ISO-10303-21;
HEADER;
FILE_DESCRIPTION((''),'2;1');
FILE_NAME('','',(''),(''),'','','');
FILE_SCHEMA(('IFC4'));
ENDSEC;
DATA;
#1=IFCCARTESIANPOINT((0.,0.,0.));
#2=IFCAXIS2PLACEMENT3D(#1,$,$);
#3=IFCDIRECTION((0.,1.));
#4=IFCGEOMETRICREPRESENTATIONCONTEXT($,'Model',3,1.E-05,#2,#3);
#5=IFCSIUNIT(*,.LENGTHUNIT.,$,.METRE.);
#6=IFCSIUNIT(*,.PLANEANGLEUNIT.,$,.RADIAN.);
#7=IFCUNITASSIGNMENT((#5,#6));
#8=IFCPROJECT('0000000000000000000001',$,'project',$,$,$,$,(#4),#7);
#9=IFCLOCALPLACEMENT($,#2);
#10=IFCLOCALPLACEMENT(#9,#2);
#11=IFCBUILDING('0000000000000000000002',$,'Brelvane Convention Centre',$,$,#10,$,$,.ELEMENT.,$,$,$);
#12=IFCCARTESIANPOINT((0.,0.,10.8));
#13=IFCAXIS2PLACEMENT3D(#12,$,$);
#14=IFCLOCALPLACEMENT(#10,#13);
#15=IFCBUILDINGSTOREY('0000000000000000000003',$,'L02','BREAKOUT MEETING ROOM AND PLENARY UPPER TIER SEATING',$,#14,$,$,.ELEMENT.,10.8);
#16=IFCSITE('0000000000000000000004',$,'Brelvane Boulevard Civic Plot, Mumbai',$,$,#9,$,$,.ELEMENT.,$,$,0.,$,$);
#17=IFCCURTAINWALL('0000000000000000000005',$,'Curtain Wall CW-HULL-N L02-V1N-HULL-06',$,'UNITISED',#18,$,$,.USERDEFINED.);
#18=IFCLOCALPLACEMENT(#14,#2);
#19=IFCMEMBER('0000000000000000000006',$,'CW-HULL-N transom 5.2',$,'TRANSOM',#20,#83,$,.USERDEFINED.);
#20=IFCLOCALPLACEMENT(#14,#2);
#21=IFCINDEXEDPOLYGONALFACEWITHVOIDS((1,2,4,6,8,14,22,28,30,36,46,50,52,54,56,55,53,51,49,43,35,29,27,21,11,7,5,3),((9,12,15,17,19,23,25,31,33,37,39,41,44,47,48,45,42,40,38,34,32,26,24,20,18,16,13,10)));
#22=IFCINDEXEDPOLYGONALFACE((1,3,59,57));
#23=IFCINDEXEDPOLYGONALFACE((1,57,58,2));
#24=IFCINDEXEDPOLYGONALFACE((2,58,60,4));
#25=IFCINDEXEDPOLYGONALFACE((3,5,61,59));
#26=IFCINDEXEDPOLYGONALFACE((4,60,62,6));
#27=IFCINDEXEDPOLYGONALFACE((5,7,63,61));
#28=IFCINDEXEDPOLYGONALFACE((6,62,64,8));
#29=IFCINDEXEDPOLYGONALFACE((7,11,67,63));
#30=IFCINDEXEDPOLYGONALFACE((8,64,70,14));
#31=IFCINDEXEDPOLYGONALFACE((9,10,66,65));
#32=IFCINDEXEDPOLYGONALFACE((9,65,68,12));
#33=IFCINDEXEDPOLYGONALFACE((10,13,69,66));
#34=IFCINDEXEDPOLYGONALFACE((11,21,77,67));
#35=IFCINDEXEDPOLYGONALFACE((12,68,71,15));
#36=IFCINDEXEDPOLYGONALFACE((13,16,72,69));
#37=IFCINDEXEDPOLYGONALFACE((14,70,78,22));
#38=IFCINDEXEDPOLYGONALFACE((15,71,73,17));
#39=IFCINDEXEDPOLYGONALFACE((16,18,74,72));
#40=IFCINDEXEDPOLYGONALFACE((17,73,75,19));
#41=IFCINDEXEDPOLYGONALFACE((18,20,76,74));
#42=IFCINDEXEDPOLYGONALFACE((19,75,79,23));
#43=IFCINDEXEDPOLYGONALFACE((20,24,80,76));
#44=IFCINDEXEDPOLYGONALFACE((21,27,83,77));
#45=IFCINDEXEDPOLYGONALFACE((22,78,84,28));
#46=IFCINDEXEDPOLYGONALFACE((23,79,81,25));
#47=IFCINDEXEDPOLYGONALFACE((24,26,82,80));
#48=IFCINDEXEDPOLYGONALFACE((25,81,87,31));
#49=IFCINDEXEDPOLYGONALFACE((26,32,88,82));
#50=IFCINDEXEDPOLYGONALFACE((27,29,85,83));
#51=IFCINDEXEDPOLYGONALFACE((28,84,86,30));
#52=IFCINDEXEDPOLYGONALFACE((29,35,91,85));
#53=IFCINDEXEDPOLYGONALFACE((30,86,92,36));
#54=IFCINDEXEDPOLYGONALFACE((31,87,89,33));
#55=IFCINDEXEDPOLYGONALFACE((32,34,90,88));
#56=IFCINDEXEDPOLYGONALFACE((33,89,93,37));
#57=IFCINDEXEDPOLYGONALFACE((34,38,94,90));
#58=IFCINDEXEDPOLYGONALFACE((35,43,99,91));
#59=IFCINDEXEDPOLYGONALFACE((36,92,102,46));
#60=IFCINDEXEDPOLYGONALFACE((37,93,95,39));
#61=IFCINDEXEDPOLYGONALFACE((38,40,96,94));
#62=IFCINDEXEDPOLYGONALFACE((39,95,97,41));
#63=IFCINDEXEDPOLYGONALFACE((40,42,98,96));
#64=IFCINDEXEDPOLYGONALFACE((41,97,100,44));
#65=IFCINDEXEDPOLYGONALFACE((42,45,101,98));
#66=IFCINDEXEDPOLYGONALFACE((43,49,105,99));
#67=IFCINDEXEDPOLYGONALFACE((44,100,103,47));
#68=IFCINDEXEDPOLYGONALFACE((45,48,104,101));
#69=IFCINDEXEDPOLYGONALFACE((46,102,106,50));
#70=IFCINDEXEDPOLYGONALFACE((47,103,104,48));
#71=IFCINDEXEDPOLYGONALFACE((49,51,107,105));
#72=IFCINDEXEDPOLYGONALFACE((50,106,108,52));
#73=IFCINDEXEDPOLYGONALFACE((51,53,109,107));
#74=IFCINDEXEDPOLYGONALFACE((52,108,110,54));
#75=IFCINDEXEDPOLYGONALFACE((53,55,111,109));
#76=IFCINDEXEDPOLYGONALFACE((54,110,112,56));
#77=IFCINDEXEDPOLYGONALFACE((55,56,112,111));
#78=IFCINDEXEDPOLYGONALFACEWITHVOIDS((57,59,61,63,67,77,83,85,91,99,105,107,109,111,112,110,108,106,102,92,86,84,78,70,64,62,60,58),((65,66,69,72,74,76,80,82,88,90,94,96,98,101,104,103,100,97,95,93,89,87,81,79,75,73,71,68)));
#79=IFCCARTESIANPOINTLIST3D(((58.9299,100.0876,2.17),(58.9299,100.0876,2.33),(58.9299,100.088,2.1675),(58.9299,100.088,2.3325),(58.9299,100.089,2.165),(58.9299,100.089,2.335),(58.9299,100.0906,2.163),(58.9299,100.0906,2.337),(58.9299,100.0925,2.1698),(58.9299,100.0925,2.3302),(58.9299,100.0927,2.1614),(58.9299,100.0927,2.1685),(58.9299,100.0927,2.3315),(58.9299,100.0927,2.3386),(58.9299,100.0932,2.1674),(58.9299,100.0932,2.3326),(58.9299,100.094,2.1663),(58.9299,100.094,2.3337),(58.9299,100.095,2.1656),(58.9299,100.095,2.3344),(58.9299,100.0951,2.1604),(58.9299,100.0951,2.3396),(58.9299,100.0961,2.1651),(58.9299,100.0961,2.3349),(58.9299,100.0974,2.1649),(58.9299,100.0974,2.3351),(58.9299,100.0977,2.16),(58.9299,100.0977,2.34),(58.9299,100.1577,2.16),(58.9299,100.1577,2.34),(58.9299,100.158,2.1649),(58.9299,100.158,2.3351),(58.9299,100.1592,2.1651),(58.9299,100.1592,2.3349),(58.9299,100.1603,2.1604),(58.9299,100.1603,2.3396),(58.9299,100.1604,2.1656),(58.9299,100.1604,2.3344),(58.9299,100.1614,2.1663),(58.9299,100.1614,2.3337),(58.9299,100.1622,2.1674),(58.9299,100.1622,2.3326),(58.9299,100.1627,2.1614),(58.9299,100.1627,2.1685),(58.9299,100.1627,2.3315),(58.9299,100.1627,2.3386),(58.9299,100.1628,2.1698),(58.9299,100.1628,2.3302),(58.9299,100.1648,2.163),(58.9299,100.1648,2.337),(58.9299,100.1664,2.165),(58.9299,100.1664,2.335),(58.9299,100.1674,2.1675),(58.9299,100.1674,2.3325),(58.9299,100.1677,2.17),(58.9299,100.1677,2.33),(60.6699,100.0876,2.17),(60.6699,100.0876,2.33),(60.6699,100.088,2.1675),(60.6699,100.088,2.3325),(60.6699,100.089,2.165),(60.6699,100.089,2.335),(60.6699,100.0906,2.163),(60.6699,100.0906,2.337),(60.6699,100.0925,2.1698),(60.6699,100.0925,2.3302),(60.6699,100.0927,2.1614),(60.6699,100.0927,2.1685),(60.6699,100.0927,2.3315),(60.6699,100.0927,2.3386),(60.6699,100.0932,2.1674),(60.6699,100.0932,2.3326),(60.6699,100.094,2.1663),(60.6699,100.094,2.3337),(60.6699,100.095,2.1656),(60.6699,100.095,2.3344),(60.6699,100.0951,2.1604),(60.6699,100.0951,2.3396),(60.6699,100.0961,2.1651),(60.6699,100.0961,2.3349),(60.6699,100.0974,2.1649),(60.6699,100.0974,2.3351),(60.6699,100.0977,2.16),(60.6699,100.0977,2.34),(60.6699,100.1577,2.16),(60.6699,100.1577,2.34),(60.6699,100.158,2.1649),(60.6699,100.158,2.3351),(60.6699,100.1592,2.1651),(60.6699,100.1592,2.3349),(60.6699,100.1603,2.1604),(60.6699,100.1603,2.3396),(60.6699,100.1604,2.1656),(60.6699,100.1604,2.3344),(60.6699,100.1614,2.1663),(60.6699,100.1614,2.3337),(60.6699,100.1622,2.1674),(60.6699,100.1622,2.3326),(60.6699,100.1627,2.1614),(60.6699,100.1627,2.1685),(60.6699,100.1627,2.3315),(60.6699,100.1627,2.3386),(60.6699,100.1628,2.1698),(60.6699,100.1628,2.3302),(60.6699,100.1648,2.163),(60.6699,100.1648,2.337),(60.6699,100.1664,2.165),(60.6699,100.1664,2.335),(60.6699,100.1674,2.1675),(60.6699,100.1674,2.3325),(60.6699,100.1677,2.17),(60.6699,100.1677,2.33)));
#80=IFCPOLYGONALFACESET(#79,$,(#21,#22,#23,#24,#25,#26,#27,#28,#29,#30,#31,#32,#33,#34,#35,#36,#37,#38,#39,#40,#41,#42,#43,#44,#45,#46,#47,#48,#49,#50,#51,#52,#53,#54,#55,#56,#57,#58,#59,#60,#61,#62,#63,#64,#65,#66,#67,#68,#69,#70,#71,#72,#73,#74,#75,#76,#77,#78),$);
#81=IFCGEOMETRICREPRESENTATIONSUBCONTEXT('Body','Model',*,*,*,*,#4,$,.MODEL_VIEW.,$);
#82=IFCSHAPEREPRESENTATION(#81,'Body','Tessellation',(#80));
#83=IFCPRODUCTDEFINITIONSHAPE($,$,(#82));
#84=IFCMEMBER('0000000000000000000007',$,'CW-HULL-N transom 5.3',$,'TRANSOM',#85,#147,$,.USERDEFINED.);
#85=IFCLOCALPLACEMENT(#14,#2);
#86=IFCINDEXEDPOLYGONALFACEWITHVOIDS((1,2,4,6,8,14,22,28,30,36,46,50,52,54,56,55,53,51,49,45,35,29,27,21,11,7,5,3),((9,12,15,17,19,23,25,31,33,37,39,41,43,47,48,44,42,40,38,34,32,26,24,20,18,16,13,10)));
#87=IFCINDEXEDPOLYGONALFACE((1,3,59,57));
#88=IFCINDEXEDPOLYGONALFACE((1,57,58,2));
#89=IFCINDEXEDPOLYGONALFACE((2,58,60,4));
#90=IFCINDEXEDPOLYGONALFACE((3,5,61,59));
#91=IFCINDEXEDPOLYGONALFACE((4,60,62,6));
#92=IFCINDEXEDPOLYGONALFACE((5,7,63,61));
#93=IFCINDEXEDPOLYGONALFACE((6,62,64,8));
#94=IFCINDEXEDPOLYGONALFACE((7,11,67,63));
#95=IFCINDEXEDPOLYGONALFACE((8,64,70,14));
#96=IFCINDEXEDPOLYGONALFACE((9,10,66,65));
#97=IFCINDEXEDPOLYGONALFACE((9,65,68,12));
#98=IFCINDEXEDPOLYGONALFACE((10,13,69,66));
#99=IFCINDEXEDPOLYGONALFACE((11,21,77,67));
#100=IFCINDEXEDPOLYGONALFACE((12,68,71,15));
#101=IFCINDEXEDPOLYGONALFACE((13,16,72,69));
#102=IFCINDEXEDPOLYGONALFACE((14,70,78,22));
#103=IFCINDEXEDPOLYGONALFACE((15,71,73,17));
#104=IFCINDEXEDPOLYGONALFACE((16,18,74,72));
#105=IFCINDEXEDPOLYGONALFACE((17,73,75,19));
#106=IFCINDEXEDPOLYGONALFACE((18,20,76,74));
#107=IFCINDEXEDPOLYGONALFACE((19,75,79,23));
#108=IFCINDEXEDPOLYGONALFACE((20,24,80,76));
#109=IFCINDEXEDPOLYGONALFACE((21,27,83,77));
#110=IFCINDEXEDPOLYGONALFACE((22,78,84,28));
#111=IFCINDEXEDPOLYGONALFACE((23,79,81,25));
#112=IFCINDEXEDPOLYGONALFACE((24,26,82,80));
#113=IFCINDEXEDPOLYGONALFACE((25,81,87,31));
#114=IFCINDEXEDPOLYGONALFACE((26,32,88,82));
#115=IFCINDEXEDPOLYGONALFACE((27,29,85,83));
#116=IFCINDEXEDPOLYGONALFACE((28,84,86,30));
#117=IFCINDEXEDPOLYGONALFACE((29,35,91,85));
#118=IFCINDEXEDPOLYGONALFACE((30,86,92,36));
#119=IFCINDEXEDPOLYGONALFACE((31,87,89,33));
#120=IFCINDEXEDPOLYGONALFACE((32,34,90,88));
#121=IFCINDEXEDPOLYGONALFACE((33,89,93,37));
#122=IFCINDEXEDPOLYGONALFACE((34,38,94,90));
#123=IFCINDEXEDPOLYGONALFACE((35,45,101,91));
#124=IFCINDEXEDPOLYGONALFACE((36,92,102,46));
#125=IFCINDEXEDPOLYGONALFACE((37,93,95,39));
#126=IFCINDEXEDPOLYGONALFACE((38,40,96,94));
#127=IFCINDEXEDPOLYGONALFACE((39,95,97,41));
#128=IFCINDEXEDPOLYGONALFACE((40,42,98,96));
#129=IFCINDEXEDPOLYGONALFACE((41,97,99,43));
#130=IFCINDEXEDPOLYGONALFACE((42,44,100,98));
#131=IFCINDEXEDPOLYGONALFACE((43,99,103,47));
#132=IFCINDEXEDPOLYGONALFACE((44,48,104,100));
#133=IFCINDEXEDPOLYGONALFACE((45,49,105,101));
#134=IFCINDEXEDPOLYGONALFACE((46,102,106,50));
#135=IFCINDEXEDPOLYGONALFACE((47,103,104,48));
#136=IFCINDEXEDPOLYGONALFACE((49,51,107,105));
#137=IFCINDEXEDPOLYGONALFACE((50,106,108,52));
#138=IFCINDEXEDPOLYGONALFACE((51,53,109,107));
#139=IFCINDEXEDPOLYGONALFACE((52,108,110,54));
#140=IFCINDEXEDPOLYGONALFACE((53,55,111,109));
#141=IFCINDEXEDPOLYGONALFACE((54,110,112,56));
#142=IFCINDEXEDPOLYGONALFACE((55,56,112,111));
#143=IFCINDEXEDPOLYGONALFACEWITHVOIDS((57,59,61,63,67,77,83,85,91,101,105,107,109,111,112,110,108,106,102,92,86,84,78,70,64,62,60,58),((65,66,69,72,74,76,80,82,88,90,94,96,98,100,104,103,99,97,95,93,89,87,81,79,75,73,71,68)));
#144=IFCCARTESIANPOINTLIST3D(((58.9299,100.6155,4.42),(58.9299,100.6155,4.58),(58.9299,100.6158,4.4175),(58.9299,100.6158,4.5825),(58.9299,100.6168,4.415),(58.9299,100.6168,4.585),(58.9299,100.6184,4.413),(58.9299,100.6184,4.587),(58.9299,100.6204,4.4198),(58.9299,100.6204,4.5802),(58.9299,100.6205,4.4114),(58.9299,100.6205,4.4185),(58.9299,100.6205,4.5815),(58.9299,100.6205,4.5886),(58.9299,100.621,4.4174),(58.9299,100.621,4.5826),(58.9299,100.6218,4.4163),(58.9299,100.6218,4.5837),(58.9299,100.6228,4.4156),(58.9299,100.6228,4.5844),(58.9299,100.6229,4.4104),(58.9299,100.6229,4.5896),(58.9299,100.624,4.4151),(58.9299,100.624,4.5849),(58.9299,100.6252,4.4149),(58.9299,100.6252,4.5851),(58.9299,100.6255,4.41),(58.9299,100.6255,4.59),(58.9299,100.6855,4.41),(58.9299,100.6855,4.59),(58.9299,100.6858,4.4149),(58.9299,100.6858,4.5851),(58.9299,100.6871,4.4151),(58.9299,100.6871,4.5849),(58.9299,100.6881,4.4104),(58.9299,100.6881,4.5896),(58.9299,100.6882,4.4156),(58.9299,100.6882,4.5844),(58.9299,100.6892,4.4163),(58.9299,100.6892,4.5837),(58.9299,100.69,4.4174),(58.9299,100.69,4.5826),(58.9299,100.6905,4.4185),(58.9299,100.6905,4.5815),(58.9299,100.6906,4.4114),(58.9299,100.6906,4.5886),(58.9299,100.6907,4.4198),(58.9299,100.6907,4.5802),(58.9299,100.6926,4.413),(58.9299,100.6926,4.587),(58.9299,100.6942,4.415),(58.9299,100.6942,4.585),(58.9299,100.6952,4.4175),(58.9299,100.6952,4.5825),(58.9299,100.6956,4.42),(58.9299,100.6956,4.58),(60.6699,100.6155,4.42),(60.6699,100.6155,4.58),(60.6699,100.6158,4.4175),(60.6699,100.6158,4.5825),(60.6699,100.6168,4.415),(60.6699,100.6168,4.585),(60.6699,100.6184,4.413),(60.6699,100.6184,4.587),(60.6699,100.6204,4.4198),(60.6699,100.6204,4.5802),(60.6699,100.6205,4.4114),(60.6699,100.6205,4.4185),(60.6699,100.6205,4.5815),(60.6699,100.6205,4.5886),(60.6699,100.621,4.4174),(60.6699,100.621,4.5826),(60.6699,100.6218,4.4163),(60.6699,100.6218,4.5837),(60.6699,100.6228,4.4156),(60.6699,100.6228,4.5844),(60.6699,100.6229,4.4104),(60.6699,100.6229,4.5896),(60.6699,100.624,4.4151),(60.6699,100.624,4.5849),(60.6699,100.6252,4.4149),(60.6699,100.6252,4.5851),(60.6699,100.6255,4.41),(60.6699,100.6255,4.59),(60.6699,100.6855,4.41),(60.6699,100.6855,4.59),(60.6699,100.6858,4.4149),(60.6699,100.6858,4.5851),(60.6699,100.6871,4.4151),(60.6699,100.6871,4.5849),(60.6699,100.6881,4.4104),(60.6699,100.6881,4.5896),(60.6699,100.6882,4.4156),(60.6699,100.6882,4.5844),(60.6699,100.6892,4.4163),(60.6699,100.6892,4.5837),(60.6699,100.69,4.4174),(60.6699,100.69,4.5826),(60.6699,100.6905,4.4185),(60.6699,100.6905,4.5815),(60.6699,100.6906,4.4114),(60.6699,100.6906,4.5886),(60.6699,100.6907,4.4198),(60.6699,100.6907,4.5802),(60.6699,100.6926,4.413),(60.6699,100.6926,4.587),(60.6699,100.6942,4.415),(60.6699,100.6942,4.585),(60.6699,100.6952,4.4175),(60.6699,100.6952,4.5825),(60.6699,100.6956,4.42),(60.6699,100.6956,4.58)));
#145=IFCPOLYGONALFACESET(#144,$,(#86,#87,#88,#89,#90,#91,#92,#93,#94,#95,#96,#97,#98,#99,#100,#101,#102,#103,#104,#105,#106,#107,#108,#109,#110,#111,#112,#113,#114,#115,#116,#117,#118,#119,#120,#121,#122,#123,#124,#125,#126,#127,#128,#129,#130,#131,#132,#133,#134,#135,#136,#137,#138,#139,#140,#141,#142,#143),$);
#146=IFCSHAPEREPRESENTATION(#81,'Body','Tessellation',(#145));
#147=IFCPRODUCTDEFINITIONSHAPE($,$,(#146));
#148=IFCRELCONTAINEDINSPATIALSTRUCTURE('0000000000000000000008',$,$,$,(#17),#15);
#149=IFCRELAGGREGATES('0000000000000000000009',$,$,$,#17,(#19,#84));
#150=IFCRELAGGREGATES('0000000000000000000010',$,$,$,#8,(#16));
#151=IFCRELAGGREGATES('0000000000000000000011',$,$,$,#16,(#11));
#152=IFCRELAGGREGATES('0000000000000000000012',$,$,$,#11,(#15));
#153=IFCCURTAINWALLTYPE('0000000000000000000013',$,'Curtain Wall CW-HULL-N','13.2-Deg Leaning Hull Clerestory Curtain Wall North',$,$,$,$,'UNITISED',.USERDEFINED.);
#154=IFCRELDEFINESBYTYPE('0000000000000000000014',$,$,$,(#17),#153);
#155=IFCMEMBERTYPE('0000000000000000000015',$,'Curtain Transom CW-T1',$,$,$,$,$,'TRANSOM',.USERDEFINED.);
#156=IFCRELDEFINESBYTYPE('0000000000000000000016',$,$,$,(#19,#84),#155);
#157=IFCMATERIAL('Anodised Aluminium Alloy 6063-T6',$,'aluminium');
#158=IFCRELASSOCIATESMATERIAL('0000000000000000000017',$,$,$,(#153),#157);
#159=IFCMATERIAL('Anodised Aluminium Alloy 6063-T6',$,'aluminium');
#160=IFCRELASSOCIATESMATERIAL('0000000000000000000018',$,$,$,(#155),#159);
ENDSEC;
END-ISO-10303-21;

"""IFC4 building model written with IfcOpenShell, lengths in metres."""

from ifc_helpers import new_model, si_unit, direction, frame, origin, origin_2d, place, context, subcontext, project, spatial, hollow_rectangle, extrude, material, material_profile, profile_set, type_object, element, aggregate, save


model = new_model("IFC4")

# Units and contexts
model_context = context("Model", 3, precision=1e-05, world=origin(), true_north=direction((0.0, 1.0)))
body_context = subcontext(model_context, "Body", "Model", "MODEL_VIEW")
ifc_project = project(units=[si_unit("LENGTHUNIT", "METRE"), si_unit("PLANEANGLEUNIT", "RADIAN")], contexts=[model_context])

# Site, building, storey
site_placement = place(None, origin())
site = spatial("IfcSite", under=ifc_project, at=site_placement, Name="Brelvane Boulevard Civic Plot, Mumbai", CompositionType="ELEMENT", RefElevation=0.0)
building_placement = place(site_placement, origin())
building = spatial("IfcBuilding", under=site, at=building_placement, Name="Brelvane Convention Centre", CompositionType="ELEMENT")
storey_placement = place(building_placement, frame((0.0, 0.0, 10.8)))
storey = spatial("IfcBuildingStorey", under=building, at=storey_placement, Name="L02", Description="BREAKOUT MEETING ROOM AND PLENARY UPPER TIER SEATING", CompositionType="ELEMENT", Elevation=10.8)

# Curtain wall
ifc_material_1 = material(Name="Anodised Aluminium Alloy 6063-T6", Category="aluminium")
curtain_wall_type_1 = type_object("IfcCurtainWallType", Name="Curtain Wall CW-HULL-N", Description="13.2-Deg Leaning Hull Clerestory Curtain Wall North", ElementType="UNITISED", PredefinedType="USERDEFINED", material=ifc_material_1)
curtain_wall_1_placement = place(storey_placement, origin())
curtain_wall_1 = element("IfcCurtainWall", 1, at=curtain_wall_1_placement, inside=storey, type_object=curtain_wall_type_1, Name="Curtain Wall CW-HULL-N L02-V1N-HULL-06", ObjectType="UNITISED", PredefinedType="USERDEFINED")

# Members
ifc_material_2 = material(Name="Anodised Aluminium Alloy 6063-T6", Category="aluminium")
ifc_material_profile_1 = material_profile(ifc_material_2, hollow_rectangle(XDim=0.0801, YDim=0.1799, WallThickness=0.0049, InnerFilletRadius=0.0049, OuterFilletRadius=0.01, at=origin_2d()), Name="ALU-T 180x80x5.0")
ifc_profile_set_1 = profile_set([ifc_material_profile_1], Name="Anodised Aluminium Alloy 6063-T6")
member_type_1 = type_object("IfcMemberType", Name="Curtain Transom CW-T1", ElementType="TRANSOM", PredefinedType="USERDEFINED", material=ifc_profile_set_1)
member_1_placement = place(storey_placement, frame((58.9299, 100.1277, 2.25), z_axis=(1.0, 0.0, 0.0), x_axis=(0.0, 1.0, 0.0)))
member_1 = element("IfcMember", 2, at=member_1_placement, type_object=member_type_1, Name="CW-HULL-N transom 5.2", ObjectType="TRANSOM", PredefinedType="USERDEFINED", context=body_context, shape_type="SweptSolid", body=[
    extrude(hollow_rectangle(XDim=0.0801, YDim=0.1799, WallThickness=0.0049, InnerFilletRadius=0.0049, OuterFilletRadius=0.01, at=origin_2d()), origin(), (0.0, 0.0, 1.0), 1.74),
])
member_2_placement = place(storey_placement, frame((58.9299, 100.6555, 4.5), z_axis=(1.0, 0.0, 0.0), x_axis=(0.0, 1.0, 0.0)))
member_2 = element("IfcMember", 3, at=member_2_placement, type_object=member_type_1, Name="CW-HULL-N transom 5.3", ObjectType="TRANSOM", PredefinedType="USERDEFINED", context=body_context, shape_type="SweptSolid", body=[
    extrude(hollow_rectangle(XDim=0.0801, YDim=0.1799, WallThickness=0.0049, InnerFilletRadius=0.0049, OuterFilletRadius=0.01, at=origin_2d()), origin(), (0.0, 0.0, 1.0), 1.74),
])

aggregate(curtain_wall_1, [member_1, member_2])

save(model, "model.ifc")
